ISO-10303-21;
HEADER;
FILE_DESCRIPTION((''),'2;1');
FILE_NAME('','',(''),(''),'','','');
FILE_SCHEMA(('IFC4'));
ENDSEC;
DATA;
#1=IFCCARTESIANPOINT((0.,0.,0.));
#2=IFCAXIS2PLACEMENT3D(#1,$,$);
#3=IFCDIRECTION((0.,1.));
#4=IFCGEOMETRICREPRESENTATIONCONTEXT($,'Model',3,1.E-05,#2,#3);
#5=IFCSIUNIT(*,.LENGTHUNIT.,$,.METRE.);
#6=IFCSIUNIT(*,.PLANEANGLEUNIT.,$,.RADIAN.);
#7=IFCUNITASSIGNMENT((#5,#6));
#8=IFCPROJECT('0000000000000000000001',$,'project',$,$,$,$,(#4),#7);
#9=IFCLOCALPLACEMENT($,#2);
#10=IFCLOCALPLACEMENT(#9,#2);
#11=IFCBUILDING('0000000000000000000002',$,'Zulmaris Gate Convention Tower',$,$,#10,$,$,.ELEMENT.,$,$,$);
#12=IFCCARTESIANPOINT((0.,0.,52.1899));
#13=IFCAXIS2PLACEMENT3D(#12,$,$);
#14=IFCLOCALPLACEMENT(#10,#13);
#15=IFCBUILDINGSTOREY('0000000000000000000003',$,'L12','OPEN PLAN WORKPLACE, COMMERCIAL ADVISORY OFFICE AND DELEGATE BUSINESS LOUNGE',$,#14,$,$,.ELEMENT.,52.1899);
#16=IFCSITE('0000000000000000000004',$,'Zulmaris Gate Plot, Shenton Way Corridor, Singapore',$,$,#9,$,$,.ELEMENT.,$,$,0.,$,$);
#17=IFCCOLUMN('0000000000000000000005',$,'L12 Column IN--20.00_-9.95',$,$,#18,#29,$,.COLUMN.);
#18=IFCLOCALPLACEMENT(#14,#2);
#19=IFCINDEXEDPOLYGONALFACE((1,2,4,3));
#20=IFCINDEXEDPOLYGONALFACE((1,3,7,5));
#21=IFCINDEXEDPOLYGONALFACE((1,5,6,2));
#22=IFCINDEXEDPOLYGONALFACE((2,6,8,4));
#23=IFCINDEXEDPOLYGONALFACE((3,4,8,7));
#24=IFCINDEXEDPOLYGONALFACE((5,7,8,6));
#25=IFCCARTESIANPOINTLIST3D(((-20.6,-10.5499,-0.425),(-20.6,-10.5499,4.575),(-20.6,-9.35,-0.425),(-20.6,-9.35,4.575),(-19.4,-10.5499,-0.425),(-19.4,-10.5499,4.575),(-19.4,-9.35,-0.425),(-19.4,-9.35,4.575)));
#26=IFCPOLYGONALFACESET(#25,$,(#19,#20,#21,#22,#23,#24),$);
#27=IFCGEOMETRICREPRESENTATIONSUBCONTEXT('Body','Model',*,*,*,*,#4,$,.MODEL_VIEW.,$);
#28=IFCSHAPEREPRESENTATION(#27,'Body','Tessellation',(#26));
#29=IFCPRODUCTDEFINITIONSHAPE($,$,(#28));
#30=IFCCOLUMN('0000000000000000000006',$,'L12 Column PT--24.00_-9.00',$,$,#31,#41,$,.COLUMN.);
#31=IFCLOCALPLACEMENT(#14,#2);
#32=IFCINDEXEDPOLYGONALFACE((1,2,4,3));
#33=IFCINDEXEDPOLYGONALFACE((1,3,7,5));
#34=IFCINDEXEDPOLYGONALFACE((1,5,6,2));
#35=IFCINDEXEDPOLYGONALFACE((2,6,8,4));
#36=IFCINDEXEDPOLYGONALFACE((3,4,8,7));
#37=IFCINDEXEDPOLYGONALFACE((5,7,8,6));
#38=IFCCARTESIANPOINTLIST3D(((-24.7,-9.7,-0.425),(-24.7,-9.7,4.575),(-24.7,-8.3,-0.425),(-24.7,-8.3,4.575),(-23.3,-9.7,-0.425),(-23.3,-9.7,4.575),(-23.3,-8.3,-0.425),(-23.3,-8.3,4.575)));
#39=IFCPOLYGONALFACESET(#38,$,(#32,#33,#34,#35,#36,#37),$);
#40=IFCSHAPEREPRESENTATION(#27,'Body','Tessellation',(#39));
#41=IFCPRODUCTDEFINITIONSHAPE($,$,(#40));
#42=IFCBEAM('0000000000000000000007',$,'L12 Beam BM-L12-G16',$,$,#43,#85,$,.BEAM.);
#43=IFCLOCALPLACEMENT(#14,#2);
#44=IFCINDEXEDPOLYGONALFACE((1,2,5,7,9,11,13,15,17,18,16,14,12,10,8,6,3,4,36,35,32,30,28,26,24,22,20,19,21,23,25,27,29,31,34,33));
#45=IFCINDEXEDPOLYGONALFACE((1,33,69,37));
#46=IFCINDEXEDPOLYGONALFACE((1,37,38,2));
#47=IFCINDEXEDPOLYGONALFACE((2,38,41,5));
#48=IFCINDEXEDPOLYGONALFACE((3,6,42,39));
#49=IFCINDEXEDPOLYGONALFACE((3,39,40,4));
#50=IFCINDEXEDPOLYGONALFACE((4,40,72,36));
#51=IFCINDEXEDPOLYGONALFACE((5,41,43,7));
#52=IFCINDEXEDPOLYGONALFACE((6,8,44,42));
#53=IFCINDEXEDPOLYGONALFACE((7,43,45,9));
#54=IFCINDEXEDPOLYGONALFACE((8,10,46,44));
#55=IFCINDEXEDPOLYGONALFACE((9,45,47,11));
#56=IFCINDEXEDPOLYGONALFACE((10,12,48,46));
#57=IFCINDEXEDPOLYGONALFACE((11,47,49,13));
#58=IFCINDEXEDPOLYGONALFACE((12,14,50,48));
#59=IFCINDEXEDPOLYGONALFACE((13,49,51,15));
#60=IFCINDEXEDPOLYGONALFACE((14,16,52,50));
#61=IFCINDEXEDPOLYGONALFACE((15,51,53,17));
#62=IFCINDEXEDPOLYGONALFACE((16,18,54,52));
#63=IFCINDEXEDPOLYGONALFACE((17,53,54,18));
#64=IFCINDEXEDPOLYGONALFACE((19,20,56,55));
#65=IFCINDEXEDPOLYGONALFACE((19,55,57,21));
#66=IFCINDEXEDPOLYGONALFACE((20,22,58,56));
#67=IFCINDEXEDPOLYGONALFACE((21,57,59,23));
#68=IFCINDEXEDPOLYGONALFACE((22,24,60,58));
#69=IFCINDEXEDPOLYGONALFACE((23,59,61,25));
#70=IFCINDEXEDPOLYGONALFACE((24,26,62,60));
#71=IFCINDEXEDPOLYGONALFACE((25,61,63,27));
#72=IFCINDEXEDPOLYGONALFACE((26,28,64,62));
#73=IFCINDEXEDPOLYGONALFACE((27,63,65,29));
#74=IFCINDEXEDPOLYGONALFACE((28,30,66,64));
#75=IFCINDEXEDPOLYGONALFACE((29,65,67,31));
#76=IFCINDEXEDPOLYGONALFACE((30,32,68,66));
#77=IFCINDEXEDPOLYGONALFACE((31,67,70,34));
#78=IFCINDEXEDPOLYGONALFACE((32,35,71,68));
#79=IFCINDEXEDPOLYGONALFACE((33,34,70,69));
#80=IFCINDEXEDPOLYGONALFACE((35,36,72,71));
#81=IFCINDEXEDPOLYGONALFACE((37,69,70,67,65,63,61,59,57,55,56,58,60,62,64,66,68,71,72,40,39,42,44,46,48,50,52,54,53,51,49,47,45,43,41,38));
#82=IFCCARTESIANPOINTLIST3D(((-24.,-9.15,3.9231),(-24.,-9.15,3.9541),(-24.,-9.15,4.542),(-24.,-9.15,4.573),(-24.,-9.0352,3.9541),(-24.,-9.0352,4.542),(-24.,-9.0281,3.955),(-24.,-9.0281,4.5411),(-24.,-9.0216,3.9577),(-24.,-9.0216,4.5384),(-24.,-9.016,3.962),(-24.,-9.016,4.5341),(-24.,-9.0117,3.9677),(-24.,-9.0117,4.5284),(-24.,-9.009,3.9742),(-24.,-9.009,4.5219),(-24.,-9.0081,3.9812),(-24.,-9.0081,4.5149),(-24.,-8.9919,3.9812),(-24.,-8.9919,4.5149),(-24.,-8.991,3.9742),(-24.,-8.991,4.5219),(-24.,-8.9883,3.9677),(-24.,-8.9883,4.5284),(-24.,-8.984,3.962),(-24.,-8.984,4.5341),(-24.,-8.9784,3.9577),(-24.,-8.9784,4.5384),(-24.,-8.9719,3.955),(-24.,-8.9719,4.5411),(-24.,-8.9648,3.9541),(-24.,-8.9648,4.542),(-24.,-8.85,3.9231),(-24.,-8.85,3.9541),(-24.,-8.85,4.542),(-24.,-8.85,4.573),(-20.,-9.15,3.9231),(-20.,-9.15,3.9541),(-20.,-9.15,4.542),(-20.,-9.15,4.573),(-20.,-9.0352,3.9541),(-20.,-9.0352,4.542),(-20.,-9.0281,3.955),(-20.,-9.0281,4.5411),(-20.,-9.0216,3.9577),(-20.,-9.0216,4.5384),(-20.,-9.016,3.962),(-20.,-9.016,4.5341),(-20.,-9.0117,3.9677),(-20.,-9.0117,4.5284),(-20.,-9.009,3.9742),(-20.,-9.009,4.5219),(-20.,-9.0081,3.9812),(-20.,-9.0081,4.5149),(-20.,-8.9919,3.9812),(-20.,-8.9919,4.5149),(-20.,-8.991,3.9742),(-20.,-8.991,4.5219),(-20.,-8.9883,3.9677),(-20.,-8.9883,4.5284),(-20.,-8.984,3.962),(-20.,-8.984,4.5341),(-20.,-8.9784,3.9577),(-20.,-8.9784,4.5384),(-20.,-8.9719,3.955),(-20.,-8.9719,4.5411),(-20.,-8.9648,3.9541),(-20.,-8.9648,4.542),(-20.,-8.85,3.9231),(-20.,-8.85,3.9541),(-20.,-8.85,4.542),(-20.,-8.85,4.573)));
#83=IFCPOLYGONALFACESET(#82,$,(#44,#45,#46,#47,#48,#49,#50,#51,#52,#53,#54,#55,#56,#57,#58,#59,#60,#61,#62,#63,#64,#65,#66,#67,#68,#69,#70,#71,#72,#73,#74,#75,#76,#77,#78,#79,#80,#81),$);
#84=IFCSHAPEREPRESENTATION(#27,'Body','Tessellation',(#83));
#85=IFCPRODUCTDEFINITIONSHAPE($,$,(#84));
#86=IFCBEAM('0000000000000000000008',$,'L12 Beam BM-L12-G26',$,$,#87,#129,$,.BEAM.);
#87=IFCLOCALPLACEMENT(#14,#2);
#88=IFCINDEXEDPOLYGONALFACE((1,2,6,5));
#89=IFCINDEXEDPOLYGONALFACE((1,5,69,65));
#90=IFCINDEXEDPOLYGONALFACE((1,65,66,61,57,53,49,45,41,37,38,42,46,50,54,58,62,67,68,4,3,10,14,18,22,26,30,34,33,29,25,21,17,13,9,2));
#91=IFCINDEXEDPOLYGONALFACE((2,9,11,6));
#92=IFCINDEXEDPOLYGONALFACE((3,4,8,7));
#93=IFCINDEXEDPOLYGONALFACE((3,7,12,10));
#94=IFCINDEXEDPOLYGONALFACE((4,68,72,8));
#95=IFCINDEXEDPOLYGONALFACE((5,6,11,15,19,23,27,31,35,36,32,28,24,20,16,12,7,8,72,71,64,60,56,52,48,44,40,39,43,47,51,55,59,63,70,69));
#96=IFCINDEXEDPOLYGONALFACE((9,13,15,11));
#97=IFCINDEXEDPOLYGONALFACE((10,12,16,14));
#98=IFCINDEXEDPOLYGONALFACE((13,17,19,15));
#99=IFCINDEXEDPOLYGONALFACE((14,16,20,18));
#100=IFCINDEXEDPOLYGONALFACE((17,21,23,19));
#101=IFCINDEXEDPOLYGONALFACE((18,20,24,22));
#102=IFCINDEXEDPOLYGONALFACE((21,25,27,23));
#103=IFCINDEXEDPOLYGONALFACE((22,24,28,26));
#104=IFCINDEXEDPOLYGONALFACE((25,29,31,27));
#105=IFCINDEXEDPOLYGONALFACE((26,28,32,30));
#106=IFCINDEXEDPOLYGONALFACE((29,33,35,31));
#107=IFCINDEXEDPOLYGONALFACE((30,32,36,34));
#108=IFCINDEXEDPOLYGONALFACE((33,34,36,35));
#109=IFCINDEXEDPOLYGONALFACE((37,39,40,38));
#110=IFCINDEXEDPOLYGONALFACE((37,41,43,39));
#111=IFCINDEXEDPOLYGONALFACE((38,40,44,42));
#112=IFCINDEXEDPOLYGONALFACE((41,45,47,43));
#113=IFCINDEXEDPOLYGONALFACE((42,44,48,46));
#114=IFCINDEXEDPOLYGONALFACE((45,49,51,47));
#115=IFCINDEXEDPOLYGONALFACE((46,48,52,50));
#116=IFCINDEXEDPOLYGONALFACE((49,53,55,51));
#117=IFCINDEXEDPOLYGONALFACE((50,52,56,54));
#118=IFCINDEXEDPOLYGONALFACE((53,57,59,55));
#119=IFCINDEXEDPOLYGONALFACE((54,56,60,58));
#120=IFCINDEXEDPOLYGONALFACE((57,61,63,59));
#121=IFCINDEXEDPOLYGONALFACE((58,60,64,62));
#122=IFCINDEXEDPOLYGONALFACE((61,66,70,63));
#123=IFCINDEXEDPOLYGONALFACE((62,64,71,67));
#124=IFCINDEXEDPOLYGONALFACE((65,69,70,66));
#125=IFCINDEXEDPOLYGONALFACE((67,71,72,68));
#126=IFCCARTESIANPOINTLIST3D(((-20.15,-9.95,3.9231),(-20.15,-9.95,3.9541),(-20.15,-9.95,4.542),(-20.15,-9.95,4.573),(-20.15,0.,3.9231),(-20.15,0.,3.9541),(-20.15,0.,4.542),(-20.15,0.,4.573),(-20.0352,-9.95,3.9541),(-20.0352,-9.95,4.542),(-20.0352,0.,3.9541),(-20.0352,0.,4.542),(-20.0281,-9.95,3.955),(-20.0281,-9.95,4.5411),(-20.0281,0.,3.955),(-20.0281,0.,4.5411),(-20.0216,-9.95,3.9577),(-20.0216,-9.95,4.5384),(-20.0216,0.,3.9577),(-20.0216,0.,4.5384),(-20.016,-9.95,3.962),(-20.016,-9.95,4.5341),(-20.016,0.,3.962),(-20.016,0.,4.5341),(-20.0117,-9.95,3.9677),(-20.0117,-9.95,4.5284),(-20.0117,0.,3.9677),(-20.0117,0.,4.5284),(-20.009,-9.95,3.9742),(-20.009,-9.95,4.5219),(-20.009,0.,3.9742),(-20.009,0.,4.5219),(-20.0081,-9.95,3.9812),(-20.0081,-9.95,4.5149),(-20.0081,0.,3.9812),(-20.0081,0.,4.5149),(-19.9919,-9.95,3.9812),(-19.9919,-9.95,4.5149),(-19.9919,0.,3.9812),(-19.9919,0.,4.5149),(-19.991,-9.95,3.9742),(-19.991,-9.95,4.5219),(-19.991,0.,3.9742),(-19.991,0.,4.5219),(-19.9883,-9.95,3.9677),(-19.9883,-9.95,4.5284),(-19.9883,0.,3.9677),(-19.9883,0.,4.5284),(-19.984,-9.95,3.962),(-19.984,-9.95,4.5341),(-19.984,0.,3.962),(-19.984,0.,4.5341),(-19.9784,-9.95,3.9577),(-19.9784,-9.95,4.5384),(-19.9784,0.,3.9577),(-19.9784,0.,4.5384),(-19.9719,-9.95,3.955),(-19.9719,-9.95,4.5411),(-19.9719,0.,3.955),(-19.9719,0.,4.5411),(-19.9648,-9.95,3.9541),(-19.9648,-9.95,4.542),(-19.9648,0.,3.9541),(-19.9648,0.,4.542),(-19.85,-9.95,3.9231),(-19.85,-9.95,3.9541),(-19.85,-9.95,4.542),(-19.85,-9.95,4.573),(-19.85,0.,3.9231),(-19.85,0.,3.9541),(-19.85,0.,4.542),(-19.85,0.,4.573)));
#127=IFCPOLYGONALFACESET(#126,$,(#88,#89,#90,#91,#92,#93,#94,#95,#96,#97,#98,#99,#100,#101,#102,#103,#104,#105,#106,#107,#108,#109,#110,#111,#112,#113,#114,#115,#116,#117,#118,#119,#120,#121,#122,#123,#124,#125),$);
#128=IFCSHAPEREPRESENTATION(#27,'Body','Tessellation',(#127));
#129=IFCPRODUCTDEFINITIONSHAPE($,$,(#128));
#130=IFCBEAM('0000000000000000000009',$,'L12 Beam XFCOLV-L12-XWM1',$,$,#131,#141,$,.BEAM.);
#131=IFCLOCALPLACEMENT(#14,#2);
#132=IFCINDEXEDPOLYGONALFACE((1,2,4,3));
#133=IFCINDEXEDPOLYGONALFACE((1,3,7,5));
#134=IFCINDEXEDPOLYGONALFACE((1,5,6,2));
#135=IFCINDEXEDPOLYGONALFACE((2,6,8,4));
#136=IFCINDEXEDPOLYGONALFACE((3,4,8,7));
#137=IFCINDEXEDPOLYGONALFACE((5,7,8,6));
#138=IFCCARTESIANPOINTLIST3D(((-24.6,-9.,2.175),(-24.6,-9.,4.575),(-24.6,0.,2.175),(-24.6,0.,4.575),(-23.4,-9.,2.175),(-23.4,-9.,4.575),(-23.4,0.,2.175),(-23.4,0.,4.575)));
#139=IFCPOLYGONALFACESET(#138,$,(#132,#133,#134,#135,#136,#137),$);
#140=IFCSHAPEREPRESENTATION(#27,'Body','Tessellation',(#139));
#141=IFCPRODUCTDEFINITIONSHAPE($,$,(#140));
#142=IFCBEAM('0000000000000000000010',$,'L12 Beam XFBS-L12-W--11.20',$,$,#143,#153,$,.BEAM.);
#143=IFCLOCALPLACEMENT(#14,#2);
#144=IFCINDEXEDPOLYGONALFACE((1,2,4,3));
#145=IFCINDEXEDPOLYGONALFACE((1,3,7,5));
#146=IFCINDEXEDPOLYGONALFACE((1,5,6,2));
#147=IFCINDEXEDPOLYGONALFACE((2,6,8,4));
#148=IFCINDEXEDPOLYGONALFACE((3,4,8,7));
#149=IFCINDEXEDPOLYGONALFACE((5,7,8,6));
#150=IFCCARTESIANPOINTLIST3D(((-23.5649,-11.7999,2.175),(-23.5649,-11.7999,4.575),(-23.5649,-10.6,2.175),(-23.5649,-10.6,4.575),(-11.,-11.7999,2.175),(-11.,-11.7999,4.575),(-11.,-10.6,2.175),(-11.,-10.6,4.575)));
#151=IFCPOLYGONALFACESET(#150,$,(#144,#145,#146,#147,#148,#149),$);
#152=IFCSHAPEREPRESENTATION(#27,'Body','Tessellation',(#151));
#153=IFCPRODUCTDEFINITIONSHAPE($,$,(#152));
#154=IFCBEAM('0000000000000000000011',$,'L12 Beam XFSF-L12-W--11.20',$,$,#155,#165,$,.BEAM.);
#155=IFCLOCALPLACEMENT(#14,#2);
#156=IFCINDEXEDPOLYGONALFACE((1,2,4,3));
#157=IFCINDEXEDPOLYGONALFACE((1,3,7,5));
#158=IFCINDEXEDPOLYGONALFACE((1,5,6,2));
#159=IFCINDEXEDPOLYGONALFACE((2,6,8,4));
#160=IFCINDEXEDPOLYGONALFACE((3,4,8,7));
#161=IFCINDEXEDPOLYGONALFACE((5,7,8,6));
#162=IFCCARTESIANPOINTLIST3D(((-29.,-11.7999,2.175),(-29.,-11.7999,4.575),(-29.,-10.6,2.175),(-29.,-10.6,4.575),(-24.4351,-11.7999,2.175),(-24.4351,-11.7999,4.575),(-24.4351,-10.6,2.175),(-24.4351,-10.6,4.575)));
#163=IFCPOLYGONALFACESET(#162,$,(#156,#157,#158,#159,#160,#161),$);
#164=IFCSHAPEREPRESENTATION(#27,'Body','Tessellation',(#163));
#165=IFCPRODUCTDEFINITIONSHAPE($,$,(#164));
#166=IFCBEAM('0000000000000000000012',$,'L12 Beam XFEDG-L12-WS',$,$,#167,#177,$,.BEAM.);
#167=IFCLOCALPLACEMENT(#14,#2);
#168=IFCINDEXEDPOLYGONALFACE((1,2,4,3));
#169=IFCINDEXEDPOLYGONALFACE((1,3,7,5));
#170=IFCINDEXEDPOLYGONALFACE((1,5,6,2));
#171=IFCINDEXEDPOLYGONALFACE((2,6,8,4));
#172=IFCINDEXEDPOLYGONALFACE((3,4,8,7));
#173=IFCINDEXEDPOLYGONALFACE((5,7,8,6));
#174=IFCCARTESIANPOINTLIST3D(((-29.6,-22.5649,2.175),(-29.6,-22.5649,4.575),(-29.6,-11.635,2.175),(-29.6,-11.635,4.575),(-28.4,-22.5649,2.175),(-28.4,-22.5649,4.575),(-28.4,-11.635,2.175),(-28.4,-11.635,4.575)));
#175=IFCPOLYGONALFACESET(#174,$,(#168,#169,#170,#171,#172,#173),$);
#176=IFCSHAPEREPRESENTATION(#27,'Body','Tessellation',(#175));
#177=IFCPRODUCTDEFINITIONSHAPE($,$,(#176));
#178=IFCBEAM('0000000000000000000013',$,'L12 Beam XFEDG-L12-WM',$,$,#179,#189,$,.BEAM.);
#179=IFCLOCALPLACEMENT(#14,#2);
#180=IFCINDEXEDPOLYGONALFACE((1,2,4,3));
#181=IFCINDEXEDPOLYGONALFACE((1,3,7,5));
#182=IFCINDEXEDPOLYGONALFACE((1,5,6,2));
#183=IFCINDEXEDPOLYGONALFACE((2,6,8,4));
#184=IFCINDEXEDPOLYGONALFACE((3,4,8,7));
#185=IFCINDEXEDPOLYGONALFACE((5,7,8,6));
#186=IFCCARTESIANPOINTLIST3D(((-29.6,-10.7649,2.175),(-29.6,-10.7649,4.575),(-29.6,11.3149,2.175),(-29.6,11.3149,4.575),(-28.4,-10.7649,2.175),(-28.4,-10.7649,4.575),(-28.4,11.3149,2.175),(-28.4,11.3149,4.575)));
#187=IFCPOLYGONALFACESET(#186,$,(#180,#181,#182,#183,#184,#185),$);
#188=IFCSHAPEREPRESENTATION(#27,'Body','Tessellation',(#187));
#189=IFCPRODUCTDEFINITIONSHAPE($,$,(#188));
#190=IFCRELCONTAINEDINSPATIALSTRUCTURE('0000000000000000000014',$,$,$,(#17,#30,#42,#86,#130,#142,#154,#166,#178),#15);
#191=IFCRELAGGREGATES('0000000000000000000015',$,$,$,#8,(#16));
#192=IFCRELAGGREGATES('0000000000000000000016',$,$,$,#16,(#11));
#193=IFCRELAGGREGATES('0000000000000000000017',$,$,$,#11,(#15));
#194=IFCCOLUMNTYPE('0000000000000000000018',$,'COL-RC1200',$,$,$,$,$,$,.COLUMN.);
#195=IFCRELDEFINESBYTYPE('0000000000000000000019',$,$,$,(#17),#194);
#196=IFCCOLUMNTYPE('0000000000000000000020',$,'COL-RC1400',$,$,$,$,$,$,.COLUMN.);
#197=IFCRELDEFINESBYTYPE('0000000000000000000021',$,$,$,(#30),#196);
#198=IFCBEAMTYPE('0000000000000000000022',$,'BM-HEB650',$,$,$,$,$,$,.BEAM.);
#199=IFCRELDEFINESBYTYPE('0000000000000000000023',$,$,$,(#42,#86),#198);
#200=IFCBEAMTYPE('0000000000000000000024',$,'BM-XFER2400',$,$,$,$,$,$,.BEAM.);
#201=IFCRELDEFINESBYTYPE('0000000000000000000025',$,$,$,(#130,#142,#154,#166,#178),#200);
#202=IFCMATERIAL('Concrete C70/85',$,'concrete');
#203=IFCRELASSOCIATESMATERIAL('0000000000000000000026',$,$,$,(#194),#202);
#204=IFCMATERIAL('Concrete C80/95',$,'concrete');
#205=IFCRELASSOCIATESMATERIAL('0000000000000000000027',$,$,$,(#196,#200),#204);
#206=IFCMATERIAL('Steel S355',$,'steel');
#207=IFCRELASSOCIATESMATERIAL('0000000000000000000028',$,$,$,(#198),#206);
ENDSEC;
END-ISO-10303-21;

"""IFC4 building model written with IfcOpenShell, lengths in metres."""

from ifc_helpers import new_model, si_unit, direction, frame, origin, origin_2d, place, context, subcontext, project, spatial, rectangle, i_section, extrude, material, material_profile, profile_set, type_object, element, save


model = new_model("IFC4")

# Units and contexts
model_context = context("Model", 3, precision=1e-05, world=origin(), true_north=direction((0.0, 1.0)))
body_context = subcontext(model_context, "Body", "Model", "MODEL_VIEW")
ifc_project = project(units=[si_unit("LENGTHUNIT", "METRE"), si_unit("PLANEANGLEUNIT", "RADIAN")], contexts=[model_context])

# Site, building, storey
site_placement = place(None, origin())
site = spatial("IfcSite", under=ifc_project, at=site_placement, Name="Zulmaris Gate Plot, Shenton Way Corridor, Singapore", CompositionType="ELEMENT", RefElevation=0.0)
building_placement = place(site_placement, origin())
building = spatial("IfcBuilding", under=site, at=building_placement, Name="Zulmaris Gate Convention Tower", CompositionType="ELEMENT")
storey_placement = place(building_placement, frame((0.0, 0.0, 52.1899)))
storey = spatial("IfcBuildingStorey", under=building, at=storey_placement, Name="L12", Description="OPEN PLAN WORKPLACE, COMMERCIAL ADVISORY OFFICE AND DELEGATE BUSINESS LOUNGE", CompositionType="ELEMENT", Elevation=52.1899)

# Columns
ifc_material_1 = material(Name="Concrete C70/85", Category="concrete")
ifc_material_profile_1 = material_profile(ifc_material_1, rectangle(XDim=1.2, YDim=1.2, at=origin_2d()), Name="RC COL 1200x1200")
ifc_profile_set_1 = profile_set([ifc_material_profile_1], Name="Concrete C70/85")
column_type_1 = type_object("IfcColumnType", Name="COL-RC1200", PredefinedType="COLUMN", material=ifc_profile_set_1)
column_1_placement = place(storey_placement, frame((-20.0, -9.95, -0.425), z_axis=(0.0, 0.0, 1.0), x_axis=(1.0, 0.0, 0.0)))
element("IfcColumn", 1, at=column_1_placement, inside=storey, type_object=column_type_1, Name="L12 Column IN--20.00_-9.95", PredefinedType="COLUMN", context=body_context, shape_type="SweptSolid", body=[
    extrude(rectangle(XDim=1.2, YDim=1.2, at=origin_2d()), origin(), (0.0, 0.0, 1.0), 5.0),
])
ifc_material_2 = material(Name="Concrete C80/95", Category="concrete")
ifc_material_profile_2 = material_profile(ifc_material_2, rectangle(XDim=1.3999, YDim=1.3999, at=origin_2d()), Name="RC COL 1400x1400")
ifc_profile_set_2 = profile_set([ifc_material_profile_2], Name="Concrete C80/95")
column_type_2 = type_object("IfcColumnType", Name="COL-RC1400", PredefinedType="COLUMN", material=ifc_profile_set_2)
column_2_placement = place(storey_placement, frame((-24.0, -9.0, -0.425), z_axis=(0.0, 0.0, 1.0), x_axis=(1.0, 0.0, 0.0)))
element("IfcColumn", 2, at=column_2_placement, inside=storey, type_object=column_type_2, Name="L12 Column PT--24.00_-9.00", PredefinedType="COLUMN", context=body_context, shape_type="SweptSolid", body=[
    extrude(rectangle(XDim=1.3999, YDim=1.3999, at=origin_2d()), origin(), (0.0, 0.0, 1.0), 5.0),
])

# Beams
ifc_material_3 = material(Name="Steel S355", Category="steel")
ifc_material_profile_3 = material_profile(ifc_material_3, i_section(OverallWidth=0.3, OverallDepth=0.6499, WebThickness=0.0161, FlangeThickness=0.031, FilletRadius=0.0271, at=origin_2d()), Name="HEB 650")
ifc_profile_set_3 = profile_set([ifc_material_profile_3], Name="Steel S355")
beam_type_1 = type_object("IfcBeamType", Name="BM-HEB650", PredefinedType="BEAM", material=ifc_profile_set_3)
beam_1_placement = place(storey_placement, frame((-24.0, -9.0, 4.248), z_axis=(1.0, 0.0, 0.0), x_axis=(0.0, 1.0, 0.0)))
element("IfcBeam", 3, at=beam_1_placement, inside=storey, type_object=beam_type_1, Name="L12 Beam BM-L12-G16", PredefinedType="BEAM", context=body_context, shape_type="SweptSolid", body=[
    extrude(i_section(OverallWidth=0.3, OverallDepth=0.6499, WebThickness=0.0161, FlangeThickness=0.031, FilletRadius=0.0271, at=origin_2d()), origin(), (0.0, 0.0, 1.0), 4.0),
])
beam_2_placement = place(storey_placement, frame((-20.0, -9.95, 4.248), z_axis=(0.0, 1.0, 0.0), x_axis=(-1.0, 0.0, 0.0)))
element("IfcBeam", 4, at=beam_2_placement, inside=storey, type_object=beam_type_1, Name="L12 Beam BM-L12-G26", PredefinedType="BEAM", context=body_context, shape_type="SweptSolid", body=[
    extrude(i_section(OverallWidth=0.3, OverallDepth=0.6499, WebThickness=0.0161, FlangeThickness=0.031, FilletRadius=0.0271, at=origin_2d()), origin(), (0.0, 0.0, 1.0), 9.95),
])
ifc_material_profile_4 = material_profile(ifc_material_2, rectangle(XDim=1.2, YDim=2.3999, at=origin_2d()), Name="RC TRANSFER 1200x2400")
ifc_profile_set_4 = profile_set([ifc_material_profile_4], Name="Concrete C80/95")
beam_type_2 = type_object("IfcBeamType", Name="BM-XFER2400", PredefinedType="BEAM", material=ifc_profile_set_4)
beam_3_placement = place(storey_placement, frame((-24.0, -9.0, 3.375), z_axis=(0.0, 1.0, 0.0), x_axis=(-1.0, 0.0, 0.0)))
element("IfcBeam", 5, at=beam_3_placement, inside=storey, type_object=beam_type_2, Name="L12 Beam XFCOLV-L12-XWM1", PredefinedType="BEAM", context=body_context, shape_type="SweptSolid", body=[
    extrude(rectangle(XDim=1.2, YDim=2.3999, at=origin_2d()), origin(), (0.0, 0.0, 1.0), 9.0),
])
beam_4_placement = place(storey_placement, frame((-23.5649, -11.2, 3.375), z_axis=(1.0, 0.0, 0.0), x_axis=(0.0, 1.0, 0.0)))
element("IfcBeam", 6, at=beam_4_placement, inside=storey, type_object=beam_type_2, Name="L12 Beam XFBS-L12-W--11.20", PredefinedType="BEAM", context=body_context, shape_type="SweptSolid", body=[
    extrude(rectangle(XDim=1.2, YDim=2.3999, at=origin_2d()), origin(), (0.0, 0.0, 1.0), 12.5649),
])
beam_5_placement = place(storey_placement, frame((-29.0, -11.2, 3.375), z_axis=(1.0, 0.0, 0.0), x_axis=(0.0, 1.0, 0.0)))
element("IfcBeam", 7, at=beam_5_placement, inside=storey, type_object=beam_type_2, Name="L12 Beam XFSF-L12-W--11.20", PredefinedType="BEAM", context=body_context, shape_type="SweptSolid", body=[
    extrude(rectangle(XDim=1.2, YDim=2.3999, at=origin_2d()), origin(), (0.0, 0.0, 1.0), 4.5649),
])
beam_6_placement = place(storey_placement, frame((-29.0, -22.5649, 3.375), z_axis=(0.0, 1.0, 0.0), x_axis=(-1.0, 0.0, 0.0)))
element("IfcBeam", 8, at=beam_6_placement, inside=storey, type_object=beam_type_2, Name="L12 Beam XFEDG-L12-WS", PredefinedType="BEAM", context=body_context, shape_type="SweptSolid", body=[
    extrude(rectangle(XDim=1.2, YDim=2.3999, at=origin_2d()), origin(), (0.0, 0.0, 1.0), 10.9299),
])
beam_7_placement = place(storey_placement, frame((-29.0, -10.7649, 3.375), z_axis=(0.0, 1.0, 0.0), x_axis=(-1.0, 0.0, 0.0)))
element("IfcBeam", 9, at=beam_7_placement, inside=storey, type_object=beam_type_2, Name="L12 Beam XFEDG-L12-WM", PredefinedType="BEAM", context=body_context, shape_type="SweptSolid", body=[
    extrude(rectangle(XDim=1.2, YDim=2.3999, at=origin_2d()), origin(), (0.0, 0.0, 1.0), 22.0798),
])

save(model, "model.ifc")
